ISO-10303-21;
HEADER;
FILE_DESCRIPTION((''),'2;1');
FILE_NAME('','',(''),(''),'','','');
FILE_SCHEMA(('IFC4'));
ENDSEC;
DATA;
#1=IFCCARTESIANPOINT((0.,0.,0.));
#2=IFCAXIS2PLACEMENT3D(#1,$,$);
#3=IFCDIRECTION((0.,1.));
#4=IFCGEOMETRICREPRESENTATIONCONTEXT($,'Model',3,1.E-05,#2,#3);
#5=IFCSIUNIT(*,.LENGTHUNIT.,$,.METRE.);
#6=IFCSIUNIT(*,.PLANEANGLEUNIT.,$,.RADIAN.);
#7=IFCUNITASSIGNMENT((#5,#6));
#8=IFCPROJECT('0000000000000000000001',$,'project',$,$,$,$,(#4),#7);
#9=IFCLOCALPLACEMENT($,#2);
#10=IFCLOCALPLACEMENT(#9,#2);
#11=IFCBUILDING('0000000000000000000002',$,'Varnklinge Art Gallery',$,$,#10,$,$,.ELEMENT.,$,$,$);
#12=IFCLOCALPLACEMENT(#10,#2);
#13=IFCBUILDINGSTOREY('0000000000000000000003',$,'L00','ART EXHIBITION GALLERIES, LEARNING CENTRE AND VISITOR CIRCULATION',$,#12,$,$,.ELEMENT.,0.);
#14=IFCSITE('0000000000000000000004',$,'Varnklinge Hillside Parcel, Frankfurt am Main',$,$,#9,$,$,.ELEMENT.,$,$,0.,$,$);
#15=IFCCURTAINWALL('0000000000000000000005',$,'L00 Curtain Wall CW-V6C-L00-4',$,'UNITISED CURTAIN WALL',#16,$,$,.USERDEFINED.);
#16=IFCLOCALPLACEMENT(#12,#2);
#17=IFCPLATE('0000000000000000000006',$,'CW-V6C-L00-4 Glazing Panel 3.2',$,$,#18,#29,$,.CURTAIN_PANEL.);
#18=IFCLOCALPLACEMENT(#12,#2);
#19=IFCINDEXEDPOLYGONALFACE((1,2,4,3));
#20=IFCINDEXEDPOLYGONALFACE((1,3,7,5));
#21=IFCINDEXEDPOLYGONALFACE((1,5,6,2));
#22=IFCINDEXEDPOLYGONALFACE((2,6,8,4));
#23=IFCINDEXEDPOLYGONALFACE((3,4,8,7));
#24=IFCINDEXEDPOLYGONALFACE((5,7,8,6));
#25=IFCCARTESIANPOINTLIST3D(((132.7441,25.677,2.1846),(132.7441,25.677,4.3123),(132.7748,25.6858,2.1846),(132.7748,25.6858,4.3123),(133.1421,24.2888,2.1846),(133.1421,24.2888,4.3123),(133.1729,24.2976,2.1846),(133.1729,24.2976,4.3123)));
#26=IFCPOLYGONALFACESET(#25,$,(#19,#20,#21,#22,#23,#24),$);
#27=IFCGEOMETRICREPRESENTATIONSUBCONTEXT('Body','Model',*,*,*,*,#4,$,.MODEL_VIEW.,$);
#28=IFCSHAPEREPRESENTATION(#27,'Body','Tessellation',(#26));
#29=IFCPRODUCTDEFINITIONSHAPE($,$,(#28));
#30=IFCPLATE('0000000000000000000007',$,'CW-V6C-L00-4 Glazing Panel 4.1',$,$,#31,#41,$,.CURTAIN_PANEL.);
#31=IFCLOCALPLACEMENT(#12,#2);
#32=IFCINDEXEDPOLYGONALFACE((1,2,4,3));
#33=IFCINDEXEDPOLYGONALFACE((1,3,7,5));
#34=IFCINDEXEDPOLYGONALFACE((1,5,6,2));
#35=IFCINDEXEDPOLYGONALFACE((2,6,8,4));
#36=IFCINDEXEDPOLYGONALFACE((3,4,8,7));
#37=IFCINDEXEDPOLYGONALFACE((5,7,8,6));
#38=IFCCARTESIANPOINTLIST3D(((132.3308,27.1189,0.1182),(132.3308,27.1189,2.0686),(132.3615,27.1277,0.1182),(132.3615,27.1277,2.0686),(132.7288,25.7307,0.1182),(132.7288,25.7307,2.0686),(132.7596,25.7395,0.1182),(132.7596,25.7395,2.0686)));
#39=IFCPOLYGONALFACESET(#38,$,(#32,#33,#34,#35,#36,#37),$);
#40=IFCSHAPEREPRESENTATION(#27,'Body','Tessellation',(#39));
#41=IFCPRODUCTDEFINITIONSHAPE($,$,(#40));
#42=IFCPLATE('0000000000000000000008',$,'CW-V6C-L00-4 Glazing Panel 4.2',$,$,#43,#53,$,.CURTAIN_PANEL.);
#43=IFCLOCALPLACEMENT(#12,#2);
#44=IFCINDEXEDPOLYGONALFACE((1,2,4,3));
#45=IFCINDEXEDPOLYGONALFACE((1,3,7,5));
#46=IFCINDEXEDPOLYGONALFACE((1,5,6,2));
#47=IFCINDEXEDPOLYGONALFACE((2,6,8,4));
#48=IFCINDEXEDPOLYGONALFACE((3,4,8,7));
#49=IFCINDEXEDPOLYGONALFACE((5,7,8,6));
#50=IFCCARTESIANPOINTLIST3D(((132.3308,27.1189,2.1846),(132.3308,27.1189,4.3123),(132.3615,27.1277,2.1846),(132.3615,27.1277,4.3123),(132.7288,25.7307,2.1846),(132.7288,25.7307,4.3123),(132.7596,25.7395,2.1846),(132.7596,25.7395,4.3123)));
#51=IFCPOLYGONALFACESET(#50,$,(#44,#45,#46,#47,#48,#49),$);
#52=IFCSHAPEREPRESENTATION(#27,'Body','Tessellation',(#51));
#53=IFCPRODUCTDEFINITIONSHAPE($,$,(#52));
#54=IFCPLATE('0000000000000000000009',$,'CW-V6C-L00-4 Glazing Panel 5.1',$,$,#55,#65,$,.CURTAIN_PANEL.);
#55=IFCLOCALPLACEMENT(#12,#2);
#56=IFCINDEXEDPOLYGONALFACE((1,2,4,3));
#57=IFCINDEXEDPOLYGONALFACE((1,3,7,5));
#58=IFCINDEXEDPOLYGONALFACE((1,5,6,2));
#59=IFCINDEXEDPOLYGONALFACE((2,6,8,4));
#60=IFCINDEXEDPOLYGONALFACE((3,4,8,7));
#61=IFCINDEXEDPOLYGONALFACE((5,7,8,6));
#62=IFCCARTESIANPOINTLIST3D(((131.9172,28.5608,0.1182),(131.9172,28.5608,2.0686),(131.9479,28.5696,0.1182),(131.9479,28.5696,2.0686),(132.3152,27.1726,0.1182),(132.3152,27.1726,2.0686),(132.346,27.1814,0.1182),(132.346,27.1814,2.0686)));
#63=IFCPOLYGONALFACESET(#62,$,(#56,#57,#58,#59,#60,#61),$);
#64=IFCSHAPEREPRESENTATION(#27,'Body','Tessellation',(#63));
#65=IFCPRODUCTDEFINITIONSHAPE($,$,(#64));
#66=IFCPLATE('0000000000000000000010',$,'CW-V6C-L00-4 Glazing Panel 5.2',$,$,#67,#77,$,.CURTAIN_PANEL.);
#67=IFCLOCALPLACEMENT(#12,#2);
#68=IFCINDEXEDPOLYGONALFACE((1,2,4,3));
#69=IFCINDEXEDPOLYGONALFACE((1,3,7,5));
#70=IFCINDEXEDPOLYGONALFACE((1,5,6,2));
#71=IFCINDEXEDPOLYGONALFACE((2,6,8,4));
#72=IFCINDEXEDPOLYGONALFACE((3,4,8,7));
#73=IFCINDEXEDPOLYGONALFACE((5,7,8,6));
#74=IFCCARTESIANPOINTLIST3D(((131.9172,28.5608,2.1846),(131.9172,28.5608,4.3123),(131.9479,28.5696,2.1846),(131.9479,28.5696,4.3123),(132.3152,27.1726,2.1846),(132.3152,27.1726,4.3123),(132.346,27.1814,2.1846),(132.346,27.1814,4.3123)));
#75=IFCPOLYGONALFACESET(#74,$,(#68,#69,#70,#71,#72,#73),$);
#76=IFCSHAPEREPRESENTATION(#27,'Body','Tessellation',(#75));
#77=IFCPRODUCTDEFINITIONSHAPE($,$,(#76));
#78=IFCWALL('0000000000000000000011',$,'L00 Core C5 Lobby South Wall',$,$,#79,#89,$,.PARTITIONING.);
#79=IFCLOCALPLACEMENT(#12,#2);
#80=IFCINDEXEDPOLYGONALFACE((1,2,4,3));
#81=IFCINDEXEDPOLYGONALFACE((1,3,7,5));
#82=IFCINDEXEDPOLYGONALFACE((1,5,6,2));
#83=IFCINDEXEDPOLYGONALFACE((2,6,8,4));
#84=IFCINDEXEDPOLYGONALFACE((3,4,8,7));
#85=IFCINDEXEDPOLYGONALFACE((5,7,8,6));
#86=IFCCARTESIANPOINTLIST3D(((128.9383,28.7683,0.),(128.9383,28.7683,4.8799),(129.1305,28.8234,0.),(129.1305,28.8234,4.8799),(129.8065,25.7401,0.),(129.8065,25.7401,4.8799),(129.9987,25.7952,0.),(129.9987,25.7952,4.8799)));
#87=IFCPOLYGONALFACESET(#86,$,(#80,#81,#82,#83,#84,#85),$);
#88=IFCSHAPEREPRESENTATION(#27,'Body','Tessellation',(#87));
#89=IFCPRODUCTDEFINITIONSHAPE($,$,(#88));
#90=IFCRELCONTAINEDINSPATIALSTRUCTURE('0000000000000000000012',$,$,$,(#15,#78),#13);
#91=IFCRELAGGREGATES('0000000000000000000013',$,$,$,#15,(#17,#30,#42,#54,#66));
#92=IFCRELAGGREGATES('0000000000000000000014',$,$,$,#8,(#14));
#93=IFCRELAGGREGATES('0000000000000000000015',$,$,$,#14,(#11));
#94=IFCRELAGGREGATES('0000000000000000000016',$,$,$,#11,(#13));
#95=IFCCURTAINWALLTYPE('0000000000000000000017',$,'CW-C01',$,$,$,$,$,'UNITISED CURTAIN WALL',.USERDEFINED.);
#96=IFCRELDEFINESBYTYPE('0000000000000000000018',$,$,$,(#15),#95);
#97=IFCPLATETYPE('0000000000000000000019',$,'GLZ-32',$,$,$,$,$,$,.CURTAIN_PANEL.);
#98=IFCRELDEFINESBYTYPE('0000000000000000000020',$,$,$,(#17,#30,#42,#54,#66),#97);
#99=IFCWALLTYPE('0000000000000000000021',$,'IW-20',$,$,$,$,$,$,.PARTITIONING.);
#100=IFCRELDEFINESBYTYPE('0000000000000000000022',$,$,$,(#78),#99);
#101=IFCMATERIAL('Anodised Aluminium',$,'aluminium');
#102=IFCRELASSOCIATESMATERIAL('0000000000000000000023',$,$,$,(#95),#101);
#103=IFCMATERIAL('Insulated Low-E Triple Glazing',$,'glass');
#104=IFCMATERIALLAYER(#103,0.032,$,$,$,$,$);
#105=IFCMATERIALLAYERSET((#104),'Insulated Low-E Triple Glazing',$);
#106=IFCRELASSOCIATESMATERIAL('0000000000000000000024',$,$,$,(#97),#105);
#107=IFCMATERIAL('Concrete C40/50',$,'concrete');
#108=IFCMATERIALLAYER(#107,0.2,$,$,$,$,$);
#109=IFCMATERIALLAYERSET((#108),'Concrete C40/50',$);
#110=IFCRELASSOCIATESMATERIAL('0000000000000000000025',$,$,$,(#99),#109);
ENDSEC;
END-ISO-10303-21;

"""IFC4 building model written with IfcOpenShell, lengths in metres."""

from ifc_helpers import new_model, si_unit, direction, frame, frame_2d, origin, origin_2d, place, context, subcontext, project, spatial, rectangle, extrude, material, layer, layer_set, type_object, element, aggregate, save


model = new_model("IFC4")

# Units and contexts
model_context = context("Model", 3, precision=1e-05, world=origin(), true_north=direction((0.0, 1.0)))
body_context = subcontext(model_context, "Body", "Model", "MODEL_VIEW")
ifc_project = project(units=[si_unit("LENGTHUNIT", "METRE"), si_unit("PLANEANGLEUNIT", "RADIAN")], contexts=[model_context])

# Site, building, storey
site_placement = place(None, origin())
site = spatial("IfcSite", under=ifc_project, at=site_placement, Name="Varnklinge Hillside Parcel, Frankfurt am Main", CompositionType="ELEMENT", RefElevation=0.0)
building_placement = place(site_placement, origin())
building = spatial("IfcBuilding", under=site, at=building_placement, Name="Varnklinge Art Gallery", CompositionType="ELEMENT")
storey_placement = place(building_placement, origin())
storey = spatial("IfcBuildingStorey", under=building, at=storey_placement, Name="L00", Description="ART EXHIBITION GALLERIES, LEARNING CENTRE AND VISITOR CIRCULATION", CompositionType="ELEMENT", Elevation=0.0)

# Curtain wall
ifc_material_1 = material(Name="Anodised Aluminium", Category="aluminium")
curtain_wall_type = type_object("IfcCurtainWallType", Name="CW-C01", ElementType="UNITISED CURTAIN WALL", PredefinedType="USERDEFINED", material=ifc_material_1)
curtain_wall_1_placement = place(storey_placement, origin())
curtain_wall_1 = element("IfcCurtainWall", 1, at=curtain_wall_1_placement, inside=storey, type_object=curtain_wall_type, Name="L00 Curtain Wall CW-V6C-L00-4", ObjectType="UNITISED CURTAIN WALL", PredefinedType="USERDEFINED")

# Plates
ifc_material_2 = material(Name="Insulated Low-E Triple Glazing", Category="glass")
ifc_layer_1 = layer(ifc_material_2, 0.032)
ifc_layer_set_1 = layer_set([ifc_layer_1], Name="Insulated Low-E Triple Glazing")
plate_type = type_object("IfcPlateType", Name="GLZ-32", PredefinedType="CURTAIN_PANEL", material=ifc_layer_set_1)
plate_1_placement = place(storey_placement, frame((132.9585, 24.9873, 2.1846), z_axis=(0.0, 0.0, 1.0), x_axis=(-0.275637, 0.961262, 0.0)))
plate_1 = element("IfcPlate", 2, at=plate_1_placement, type_object=plate_type, Name="CW-V6C-L00-4 Glazing Panel 3.2", PredefinedType="CURTAIN_PANEL", context=body_context, shape_type="SweptSolid", body=[
    extrude(rectangle(XDim=1.4441, YDim=0.032, at=origin_2d()), origin(), (0.0, 0.0, 1.0), 2.1277),
])
plate_2_placement = place(storey_placement, frame((132.5452, 26.4292, 0.1182), z_axis=(0.0, 0.0, 1.0), x_axis=(-0.275637, 0.961262, 0.0)))
plate_2 = element("IfcPlate", 3, at=plate_2_placement, type_object=plate_type, Name="CW-V6C-L00-4 Glazing Panel 4.1", PredefinedType="CURTAIN_PANEL", context=body_context, shape_type="SweptSolid", body=[
    extrude(rectangle(XDim=1.4441, YDim=0.032, at=origin_2d()), origin(), (0.0, 0.0, 1.0), 1.9504),
])
plate_3_placement = place(storey_placement, frame((132.5452, 26.4292, 2.1846), z_axis=(0.0, 0.0, 1.0), x_axis=(-0.275637, 0.961262, 0.0)))
plate_3 = element("IfcPlate", 4, at=plate_3_placement, type_object=plate_type, Name="CW-V6C-L00-4 Glazing Panel 4.2", PredefinedType="CURTAIN_PANEL", context=body_context, shape_type="SweptSolid", body=[
    extrude(rectangle(XDim=1.4441, YDim=0.032, at=origin_2d()), origin(), (0.0, 0.0, 1.0), 2.1277),
])
plate_4_placement = place(storey_placement, frame((132.1316, 27.8711, 0.1182), z_axis=(0.0, 0.0, 1.0), x_axis=(-0.275637, 0.961262, 0.0)))
plate_4 = element("IfcPlate", 5, at=plate_4_placement, type_object=plate_type, Name="CW-V6C-L00-4 Glazing Panel 5.1", PredefinedType="CURTAIN_PANEL", context=body_context, shape_type="SweptSolid", body=[
    extrude(rectangle(XDim=1.4441, YDim=0.032, at=origin_2d()), origin(), (0.0, 0.0, 1.0), 1.9504),
])
plate_5_placement = place(storey_placement, frame((132.1316, 27.8711, 2.1846), z_axis=(0.0, 0.0, 1.0), x_axis=(-0.275637, 0.961262, 0.0)))
plate_5 = element("IfcPlate", 6, at=plate_5_placement, type_object=plate_type, Name="CW-V6C-L00-4 Glazing Panel 5.2", PredefinedType="CURTAIN_PANEL", context=body_context, shape_type="SweptSolid", body=[
    extrude(rectangle(XDim=1.4441, YDim=0.032, at=origin_2d()), origin(), (0.0, 0.0, 1.0), 2.1277),
])
aggregate(curtain_wall_1, [plate_1, plate_2, plate_3, plate_4, plate_5])

# Wall
ifc_material_3 = material(Name="Concrete C40/50", Category="concrete")
ifc_layer_2 = layer(ifc_material_3, 0.2)
ifc_layer_set_2 = layer_set([ifc_layer_2], Name="Concrete C40/50")
wall_type = type_object("IfcWallType", Name="IW-20", PredefinedType="PARTITIONING", material=ifc_layer_set_2)
wall_1_placement = place(storey_placement, frame((129.9026, 25.7676, 0.0), z_axis=(0.0, 0.0, 1.0), x_axis=(-0.275601, 0.961272, 0.0)))
element("IfcWall", 7, at=wall_1_placement, inside=storey, type_object=wall_type, Name="L00 Core C5 Lobby South Wall", PredefinedType="PARTITIONING", context=body_context, shape_type="SweptSolid", body=[
    extrude(rectangle(XDim=3.1501, YDim=0.2, at=frame_2d((1.5752, 0.0))), origin(), (0.0, 0.0, 1.0), 4.8799),
])

save(model, "model.ifc")
